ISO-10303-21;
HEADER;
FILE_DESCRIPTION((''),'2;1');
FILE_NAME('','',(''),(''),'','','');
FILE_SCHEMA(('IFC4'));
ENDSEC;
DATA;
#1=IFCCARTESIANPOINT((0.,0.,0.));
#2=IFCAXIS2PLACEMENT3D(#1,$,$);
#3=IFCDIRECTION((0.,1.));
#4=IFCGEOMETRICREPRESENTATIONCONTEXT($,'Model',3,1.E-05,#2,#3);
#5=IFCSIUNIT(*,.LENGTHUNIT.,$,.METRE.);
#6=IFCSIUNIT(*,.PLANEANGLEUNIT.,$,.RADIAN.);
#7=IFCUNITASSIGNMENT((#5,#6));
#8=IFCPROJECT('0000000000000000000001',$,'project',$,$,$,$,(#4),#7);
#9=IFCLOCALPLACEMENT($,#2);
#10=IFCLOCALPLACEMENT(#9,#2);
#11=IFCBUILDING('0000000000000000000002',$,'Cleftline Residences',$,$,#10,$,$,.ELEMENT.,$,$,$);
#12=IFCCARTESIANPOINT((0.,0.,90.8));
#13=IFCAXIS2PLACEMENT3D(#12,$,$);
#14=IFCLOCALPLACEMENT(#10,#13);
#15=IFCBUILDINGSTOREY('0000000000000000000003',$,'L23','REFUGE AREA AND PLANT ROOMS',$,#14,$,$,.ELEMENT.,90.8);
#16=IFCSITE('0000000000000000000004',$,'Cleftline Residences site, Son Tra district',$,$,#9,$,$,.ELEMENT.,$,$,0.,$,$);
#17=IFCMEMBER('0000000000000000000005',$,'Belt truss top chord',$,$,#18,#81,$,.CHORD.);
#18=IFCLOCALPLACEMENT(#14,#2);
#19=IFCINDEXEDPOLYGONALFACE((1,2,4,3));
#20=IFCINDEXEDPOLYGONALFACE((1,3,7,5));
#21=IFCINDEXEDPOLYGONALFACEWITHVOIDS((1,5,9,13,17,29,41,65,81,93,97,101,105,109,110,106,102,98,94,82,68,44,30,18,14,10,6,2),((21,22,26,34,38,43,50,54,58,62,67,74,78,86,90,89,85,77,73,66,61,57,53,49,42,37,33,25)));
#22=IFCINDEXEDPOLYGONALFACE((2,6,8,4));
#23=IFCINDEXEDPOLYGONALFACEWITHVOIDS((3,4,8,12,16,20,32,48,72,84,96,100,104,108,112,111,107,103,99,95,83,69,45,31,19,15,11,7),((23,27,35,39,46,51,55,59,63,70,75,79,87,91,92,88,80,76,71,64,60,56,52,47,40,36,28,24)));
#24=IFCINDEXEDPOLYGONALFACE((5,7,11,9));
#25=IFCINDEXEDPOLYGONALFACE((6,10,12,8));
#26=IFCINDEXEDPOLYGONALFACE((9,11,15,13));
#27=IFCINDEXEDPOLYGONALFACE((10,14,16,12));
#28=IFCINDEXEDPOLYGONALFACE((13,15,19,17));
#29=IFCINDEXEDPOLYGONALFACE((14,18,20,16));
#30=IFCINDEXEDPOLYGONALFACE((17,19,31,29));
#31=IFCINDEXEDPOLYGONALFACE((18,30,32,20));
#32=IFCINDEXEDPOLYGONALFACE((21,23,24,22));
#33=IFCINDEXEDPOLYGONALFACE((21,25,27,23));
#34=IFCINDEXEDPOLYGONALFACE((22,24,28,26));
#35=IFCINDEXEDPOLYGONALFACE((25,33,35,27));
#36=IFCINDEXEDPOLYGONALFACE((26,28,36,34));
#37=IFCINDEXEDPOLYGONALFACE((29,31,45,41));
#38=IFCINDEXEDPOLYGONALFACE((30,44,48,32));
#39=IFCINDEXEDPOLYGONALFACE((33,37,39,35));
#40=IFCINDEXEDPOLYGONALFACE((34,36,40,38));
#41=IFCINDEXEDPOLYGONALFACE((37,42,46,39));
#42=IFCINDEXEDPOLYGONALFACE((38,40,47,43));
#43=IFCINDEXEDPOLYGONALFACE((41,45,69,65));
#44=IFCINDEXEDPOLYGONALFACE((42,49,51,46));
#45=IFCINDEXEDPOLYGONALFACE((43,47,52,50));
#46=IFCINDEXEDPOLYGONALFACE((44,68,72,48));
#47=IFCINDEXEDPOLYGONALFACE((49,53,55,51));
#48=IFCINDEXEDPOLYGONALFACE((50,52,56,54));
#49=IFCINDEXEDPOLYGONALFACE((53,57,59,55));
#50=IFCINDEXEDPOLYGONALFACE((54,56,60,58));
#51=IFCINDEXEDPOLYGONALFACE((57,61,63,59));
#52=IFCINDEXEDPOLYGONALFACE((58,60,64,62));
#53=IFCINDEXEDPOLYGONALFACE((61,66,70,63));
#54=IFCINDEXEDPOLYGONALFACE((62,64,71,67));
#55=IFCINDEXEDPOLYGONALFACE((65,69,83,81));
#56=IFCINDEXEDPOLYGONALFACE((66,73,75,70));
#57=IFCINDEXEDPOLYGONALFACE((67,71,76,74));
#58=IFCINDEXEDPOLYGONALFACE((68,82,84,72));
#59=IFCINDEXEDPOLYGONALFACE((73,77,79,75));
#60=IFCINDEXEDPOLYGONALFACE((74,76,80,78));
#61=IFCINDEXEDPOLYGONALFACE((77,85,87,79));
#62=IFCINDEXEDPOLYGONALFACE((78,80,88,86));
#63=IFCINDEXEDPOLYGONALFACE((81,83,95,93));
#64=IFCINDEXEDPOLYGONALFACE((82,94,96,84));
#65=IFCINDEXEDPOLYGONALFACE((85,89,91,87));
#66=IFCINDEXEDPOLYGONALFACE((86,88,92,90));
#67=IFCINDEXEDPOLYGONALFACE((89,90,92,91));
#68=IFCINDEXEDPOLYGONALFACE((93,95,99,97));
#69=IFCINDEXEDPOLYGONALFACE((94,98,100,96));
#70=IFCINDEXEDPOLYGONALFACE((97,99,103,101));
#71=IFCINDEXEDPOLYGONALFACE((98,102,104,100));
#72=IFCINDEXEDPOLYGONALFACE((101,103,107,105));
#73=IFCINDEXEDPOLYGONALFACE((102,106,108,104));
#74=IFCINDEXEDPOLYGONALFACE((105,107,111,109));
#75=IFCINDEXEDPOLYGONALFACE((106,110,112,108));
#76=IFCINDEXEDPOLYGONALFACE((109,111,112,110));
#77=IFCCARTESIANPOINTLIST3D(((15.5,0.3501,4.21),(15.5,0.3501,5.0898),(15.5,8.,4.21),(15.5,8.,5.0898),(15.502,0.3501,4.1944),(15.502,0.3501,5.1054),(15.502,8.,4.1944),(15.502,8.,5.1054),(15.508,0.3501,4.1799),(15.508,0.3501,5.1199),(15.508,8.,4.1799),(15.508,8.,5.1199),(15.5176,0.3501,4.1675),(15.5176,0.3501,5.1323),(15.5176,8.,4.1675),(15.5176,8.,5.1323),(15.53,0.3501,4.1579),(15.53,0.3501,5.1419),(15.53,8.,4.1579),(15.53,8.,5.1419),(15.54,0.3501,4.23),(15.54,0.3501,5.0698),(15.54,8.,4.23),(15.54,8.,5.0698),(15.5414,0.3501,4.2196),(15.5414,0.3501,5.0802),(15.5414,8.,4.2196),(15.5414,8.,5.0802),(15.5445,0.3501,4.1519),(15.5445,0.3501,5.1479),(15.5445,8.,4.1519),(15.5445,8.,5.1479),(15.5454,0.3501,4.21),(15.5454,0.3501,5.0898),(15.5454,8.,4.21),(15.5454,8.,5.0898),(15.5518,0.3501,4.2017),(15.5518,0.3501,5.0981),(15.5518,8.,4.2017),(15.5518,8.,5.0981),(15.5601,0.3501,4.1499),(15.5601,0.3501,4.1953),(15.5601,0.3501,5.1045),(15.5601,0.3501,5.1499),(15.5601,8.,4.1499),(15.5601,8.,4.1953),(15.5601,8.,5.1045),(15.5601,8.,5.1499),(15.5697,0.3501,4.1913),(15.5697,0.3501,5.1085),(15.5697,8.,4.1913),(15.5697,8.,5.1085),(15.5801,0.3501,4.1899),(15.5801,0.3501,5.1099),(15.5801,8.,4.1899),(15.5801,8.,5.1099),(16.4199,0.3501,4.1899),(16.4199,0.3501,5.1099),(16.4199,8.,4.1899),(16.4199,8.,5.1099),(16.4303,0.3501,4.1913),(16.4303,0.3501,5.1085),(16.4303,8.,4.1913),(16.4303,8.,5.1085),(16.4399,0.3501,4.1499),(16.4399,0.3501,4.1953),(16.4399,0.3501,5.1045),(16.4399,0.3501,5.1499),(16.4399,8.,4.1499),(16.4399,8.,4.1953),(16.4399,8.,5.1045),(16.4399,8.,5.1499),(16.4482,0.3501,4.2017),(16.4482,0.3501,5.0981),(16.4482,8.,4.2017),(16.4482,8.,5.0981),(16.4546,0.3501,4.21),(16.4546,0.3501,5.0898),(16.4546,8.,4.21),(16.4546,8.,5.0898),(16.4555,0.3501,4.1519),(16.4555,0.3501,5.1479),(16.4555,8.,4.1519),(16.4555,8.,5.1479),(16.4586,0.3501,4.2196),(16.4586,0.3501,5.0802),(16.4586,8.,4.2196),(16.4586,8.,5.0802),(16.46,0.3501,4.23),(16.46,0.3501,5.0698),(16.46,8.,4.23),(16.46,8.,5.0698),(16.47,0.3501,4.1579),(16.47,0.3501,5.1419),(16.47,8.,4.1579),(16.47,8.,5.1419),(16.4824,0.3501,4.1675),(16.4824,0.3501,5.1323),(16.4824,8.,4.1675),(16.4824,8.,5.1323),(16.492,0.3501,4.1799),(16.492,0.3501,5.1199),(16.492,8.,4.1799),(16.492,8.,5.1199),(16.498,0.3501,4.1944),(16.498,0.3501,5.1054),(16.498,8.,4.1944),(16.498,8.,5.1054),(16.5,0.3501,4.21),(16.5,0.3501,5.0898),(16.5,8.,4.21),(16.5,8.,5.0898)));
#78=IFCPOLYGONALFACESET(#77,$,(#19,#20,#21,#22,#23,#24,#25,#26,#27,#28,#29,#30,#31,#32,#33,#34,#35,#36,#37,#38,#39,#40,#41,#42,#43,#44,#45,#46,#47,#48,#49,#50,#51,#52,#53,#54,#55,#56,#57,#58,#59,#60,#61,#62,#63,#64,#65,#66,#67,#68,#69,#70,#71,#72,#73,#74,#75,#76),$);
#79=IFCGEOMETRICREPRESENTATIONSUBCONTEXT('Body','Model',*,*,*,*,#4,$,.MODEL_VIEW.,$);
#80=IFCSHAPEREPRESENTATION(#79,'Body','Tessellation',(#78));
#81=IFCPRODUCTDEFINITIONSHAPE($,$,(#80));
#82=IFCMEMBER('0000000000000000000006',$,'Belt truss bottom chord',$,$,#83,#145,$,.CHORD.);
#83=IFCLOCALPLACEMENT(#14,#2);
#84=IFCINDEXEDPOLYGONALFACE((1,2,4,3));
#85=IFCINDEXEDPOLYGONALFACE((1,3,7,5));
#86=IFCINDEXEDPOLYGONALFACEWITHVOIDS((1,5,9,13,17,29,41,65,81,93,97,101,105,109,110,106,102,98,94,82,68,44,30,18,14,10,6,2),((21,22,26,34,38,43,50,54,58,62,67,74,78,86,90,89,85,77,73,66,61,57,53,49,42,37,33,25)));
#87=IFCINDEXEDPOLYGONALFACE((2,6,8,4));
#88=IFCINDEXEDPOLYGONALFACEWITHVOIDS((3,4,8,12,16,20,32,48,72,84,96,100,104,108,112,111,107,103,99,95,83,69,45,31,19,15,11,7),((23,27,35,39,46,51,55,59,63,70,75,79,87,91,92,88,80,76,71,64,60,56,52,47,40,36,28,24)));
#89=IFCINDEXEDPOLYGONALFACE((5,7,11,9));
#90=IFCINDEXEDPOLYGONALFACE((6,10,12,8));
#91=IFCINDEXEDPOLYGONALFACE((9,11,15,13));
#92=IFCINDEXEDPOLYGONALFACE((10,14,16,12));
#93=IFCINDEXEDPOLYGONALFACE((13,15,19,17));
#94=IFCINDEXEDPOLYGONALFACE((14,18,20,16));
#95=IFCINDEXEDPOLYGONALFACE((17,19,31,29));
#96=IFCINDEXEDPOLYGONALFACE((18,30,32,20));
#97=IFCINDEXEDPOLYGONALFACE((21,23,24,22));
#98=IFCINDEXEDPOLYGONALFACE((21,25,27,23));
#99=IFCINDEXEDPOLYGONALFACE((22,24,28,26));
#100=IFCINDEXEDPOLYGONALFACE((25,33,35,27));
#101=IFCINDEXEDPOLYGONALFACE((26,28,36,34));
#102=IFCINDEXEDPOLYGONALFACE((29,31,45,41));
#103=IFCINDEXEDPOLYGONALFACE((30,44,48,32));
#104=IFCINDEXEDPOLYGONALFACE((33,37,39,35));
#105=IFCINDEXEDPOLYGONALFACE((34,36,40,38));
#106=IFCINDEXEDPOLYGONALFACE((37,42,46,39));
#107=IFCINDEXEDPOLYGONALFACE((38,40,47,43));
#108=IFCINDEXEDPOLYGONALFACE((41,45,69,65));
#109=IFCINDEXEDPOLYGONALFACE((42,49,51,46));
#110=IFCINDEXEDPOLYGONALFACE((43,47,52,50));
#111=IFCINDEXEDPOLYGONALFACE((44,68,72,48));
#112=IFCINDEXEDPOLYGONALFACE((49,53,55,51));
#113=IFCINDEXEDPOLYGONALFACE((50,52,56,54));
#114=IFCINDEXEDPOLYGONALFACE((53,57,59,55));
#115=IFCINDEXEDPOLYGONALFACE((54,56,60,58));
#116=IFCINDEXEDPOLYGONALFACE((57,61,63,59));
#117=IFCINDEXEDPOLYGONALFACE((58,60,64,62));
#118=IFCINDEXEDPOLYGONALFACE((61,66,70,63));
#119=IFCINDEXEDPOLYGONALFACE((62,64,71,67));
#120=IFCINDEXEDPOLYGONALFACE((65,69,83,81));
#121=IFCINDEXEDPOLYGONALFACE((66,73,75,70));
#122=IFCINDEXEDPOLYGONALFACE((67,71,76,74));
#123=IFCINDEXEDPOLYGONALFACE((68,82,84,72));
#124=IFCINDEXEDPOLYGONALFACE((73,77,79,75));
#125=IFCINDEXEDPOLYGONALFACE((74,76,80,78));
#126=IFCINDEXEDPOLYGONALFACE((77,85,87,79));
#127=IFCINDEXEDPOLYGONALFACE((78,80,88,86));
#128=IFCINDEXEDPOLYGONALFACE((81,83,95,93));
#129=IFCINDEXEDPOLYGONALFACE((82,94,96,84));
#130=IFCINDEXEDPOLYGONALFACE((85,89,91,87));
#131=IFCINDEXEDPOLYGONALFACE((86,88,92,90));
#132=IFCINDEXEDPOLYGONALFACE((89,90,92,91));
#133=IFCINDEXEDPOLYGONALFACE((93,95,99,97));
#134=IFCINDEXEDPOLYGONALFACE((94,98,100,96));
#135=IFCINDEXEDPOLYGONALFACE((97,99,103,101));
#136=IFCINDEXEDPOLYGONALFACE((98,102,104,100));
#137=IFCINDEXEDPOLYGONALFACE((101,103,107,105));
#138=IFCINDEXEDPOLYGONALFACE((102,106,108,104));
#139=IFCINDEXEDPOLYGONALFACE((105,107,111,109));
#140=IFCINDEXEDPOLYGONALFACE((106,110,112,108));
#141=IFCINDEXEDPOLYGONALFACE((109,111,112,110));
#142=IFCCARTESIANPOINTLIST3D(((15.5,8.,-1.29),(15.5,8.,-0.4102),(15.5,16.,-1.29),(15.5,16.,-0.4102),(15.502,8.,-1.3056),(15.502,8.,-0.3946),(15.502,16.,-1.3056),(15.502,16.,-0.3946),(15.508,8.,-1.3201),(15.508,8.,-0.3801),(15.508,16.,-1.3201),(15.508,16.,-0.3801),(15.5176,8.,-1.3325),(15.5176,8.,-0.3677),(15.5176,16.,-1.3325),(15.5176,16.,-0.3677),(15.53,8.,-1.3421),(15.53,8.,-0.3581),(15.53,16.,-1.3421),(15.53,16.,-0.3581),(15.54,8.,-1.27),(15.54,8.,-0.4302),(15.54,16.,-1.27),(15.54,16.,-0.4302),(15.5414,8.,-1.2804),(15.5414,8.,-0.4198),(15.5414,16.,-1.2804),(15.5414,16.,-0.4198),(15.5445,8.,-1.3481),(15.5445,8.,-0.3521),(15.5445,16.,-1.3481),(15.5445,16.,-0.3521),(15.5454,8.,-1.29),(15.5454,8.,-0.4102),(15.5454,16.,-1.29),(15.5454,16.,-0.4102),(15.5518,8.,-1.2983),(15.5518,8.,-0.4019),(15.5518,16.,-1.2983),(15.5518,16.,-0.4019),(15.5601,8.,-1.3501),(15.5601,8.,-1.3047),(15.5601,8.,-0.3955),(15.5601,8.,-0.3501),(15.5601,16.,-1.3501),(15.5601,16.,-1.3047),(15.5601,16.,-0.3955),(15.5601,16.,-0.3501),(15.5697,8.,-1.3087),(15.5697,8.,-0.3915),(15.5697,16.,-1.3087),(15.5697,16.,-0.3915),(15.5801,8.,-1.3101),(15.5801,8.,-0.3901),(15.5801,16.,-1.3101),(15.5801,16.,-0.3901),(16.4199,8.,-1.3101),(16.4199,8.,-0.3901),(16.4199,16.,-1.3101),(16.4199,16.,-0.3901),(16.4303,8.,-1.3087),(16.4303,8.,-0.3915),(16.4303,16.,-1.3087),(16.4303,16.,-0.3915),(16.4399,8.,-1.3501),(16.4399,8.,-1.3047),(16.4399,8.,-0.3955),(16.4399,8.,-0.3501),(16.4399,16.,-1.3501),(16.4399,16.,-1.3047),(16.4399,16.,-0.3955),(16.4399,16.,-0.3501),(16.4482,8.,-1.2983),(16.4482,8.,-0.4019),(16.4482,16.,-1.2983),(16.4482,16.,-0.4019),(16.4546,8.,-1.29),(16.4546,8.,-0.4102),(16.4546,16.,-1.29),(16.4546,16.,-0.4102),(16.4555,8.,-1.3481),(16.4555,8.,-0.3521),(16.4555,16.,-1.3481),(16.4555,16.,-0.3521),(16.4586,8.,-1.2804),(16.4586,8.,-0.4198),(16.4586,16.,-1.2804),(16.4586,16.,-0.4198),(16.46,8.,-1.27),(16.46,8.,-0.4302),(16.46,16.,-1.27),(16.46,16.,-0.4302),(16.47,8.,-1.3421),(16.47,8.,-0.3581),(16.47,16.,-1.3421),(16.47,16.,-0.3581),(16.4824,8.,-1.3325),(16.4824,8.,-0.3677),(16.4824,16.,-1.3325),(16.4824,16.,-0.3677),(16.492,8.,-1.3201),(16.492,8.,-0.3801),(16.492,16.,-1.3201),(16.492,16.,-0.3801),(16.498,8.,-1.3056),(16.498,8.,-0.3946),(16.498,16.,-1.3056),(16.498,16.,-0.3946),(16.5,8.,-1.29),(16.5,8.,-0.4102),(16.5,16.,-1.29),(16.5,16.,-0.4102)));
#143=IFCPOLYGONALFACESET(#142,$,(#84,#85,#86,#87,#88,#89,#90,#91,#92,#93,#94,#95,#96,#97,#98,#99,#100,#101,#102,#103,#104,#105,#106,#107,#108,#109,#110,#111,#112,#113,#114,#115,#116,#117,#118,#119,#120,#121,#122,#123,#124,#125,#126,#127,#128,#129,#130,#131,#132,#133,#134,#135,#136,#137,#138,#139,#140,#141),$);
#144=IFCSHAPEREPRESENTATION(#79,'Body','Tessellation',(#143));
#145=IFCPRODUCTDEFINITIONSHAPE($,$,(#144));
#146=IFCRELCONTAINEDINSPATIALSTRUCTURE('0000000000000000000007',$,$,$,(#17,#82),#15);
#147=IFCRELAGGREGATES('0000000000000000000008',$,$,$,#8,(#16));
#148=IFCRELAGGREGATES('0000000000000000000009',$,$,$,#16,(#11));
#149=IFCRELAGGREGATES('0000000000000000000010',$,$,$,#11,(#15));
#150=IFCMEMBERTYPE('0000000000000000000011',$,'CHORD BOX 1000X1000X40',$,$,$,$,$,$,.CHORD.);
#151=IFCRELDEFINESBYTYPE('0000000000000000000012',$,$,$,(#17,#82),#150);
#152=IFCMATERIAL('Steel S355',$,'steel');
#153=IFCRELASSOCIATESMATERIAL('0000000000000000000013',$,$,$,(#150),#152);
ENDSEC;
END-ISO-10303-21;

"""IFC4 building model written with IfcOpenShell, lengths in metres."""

from ifc_helpers import new_model, si_unit, direction, frame, origin, origin_2d, place, context, subcontext, project, spatial, hollow_rectangle, extrude, material, material_profile, profile_set, type_object, element, save


model = new_model("IFC4")

# Units and contexts
model_context = context("Model", 3, precision=1e-05, world=origin(), true_north=direction((0.0, 1.0)))
body_context = subcontext(model_context, "Body", "Model", "MODEL_VIEW")
ifc_project = project(units=[si_unit("LENGTHUNIT", "METRE"), si_unit("PLANEANGLEUNIT", "RADIAN")], contexts=[model_context])

# Site, building, storey
site_placement = place(None, origin())
site = spatial("IfcSite", under=ifc_project, at=site_placement, Name="Cleftline Residences site, Son Tra district", CompositionType="ELEMENT", RefElevation=0.0)
building_placement = place(site_placement, origin())
building = spatial("IfcBuilding", under=site, at=building_placement, Name="Cleftline Residences", CompositionType="ELEMENT")
storey_placement = place(building_placement, frame((0.0, 0.0, 90.8)))
storey = spatial("IfcBuildingStorey", under=building, at=storey_placement, Name="L23", Description="REFUGE AREA AND PLANT ROOMS", CompositionType="ELEMENT", Elevation=90.8)

# Members
ifc_material_1 = material(Name="Steel S355", Category="steel")
ifc_material_profile_1 = material_profile(ifc_material_1, hollow_rectangle(XDim=1.0, YDim=1.0, WallThickness=0.04, InnerFilletRadius=0.04, OuterFilletRadius=0.0601, at=origin_2d()))
ifc_profile_set_1 = profile_set([ifc_material_profile_1], Name="Steel S355")
member_type_1 = type_object("IfcMemberType", Name="CHORD BOX 1000X1000X40", PredefinedType="CHORD", material=ifc_profile_set_1)
for number, where, z_axis, x_axis, name in (
    (1, (16.0, 0.3501, 4.6499), (0.0, 1.0, 0.0), (-1.0, 0.0, 0.0), "Belt truss top chord"),
):
    element("IfcMember", number, at=place(storey_placement, frame(where, z_axis=z_axis, x_axis=x_axis)), inside=storey, type_object=member_type_1, Name=name, PredefinedType="CHORD", context=body_context, shape_type="SweptSolid", body=[
        extrude(hollow_rectangle(XDim=1.0, YDim=1.0, WallThickness=0.04, InnerFilletRadius=0.04, OuterFilletRadius=0.0601, at=origin_2d()), origin(), (0.0, 0.0, 1.0), 7.6499),
    ])
for number, where, z_axis, x_axis, name in (
    (2, (16.0, 8.0, -0.8501), (0.0, 1.0, 0.0), (-1.0, 0.0, 0.0), "Belt truss bottom chord"),
):
    element("IfcMember", number, at=place(storey_placement, frame(where, z_axis=z_axis, x_axis=x_axis)), inside=storey, type_object=member_type_1, Name=name, PredefinedType="CHORD", context=body_context, shape_type="SweptSolid", body=[
        extrude(hollow_rectangle(XDim=1.0, YDim=1.0, WallThickness=0.04, InnerFilletRadius=0.04, OuterFilletRadius=0.0601, at=origin_2d()), origin(), (0.0, 0.0, 1.0), 8.0),
    ])

save(model, "model.ifc")
